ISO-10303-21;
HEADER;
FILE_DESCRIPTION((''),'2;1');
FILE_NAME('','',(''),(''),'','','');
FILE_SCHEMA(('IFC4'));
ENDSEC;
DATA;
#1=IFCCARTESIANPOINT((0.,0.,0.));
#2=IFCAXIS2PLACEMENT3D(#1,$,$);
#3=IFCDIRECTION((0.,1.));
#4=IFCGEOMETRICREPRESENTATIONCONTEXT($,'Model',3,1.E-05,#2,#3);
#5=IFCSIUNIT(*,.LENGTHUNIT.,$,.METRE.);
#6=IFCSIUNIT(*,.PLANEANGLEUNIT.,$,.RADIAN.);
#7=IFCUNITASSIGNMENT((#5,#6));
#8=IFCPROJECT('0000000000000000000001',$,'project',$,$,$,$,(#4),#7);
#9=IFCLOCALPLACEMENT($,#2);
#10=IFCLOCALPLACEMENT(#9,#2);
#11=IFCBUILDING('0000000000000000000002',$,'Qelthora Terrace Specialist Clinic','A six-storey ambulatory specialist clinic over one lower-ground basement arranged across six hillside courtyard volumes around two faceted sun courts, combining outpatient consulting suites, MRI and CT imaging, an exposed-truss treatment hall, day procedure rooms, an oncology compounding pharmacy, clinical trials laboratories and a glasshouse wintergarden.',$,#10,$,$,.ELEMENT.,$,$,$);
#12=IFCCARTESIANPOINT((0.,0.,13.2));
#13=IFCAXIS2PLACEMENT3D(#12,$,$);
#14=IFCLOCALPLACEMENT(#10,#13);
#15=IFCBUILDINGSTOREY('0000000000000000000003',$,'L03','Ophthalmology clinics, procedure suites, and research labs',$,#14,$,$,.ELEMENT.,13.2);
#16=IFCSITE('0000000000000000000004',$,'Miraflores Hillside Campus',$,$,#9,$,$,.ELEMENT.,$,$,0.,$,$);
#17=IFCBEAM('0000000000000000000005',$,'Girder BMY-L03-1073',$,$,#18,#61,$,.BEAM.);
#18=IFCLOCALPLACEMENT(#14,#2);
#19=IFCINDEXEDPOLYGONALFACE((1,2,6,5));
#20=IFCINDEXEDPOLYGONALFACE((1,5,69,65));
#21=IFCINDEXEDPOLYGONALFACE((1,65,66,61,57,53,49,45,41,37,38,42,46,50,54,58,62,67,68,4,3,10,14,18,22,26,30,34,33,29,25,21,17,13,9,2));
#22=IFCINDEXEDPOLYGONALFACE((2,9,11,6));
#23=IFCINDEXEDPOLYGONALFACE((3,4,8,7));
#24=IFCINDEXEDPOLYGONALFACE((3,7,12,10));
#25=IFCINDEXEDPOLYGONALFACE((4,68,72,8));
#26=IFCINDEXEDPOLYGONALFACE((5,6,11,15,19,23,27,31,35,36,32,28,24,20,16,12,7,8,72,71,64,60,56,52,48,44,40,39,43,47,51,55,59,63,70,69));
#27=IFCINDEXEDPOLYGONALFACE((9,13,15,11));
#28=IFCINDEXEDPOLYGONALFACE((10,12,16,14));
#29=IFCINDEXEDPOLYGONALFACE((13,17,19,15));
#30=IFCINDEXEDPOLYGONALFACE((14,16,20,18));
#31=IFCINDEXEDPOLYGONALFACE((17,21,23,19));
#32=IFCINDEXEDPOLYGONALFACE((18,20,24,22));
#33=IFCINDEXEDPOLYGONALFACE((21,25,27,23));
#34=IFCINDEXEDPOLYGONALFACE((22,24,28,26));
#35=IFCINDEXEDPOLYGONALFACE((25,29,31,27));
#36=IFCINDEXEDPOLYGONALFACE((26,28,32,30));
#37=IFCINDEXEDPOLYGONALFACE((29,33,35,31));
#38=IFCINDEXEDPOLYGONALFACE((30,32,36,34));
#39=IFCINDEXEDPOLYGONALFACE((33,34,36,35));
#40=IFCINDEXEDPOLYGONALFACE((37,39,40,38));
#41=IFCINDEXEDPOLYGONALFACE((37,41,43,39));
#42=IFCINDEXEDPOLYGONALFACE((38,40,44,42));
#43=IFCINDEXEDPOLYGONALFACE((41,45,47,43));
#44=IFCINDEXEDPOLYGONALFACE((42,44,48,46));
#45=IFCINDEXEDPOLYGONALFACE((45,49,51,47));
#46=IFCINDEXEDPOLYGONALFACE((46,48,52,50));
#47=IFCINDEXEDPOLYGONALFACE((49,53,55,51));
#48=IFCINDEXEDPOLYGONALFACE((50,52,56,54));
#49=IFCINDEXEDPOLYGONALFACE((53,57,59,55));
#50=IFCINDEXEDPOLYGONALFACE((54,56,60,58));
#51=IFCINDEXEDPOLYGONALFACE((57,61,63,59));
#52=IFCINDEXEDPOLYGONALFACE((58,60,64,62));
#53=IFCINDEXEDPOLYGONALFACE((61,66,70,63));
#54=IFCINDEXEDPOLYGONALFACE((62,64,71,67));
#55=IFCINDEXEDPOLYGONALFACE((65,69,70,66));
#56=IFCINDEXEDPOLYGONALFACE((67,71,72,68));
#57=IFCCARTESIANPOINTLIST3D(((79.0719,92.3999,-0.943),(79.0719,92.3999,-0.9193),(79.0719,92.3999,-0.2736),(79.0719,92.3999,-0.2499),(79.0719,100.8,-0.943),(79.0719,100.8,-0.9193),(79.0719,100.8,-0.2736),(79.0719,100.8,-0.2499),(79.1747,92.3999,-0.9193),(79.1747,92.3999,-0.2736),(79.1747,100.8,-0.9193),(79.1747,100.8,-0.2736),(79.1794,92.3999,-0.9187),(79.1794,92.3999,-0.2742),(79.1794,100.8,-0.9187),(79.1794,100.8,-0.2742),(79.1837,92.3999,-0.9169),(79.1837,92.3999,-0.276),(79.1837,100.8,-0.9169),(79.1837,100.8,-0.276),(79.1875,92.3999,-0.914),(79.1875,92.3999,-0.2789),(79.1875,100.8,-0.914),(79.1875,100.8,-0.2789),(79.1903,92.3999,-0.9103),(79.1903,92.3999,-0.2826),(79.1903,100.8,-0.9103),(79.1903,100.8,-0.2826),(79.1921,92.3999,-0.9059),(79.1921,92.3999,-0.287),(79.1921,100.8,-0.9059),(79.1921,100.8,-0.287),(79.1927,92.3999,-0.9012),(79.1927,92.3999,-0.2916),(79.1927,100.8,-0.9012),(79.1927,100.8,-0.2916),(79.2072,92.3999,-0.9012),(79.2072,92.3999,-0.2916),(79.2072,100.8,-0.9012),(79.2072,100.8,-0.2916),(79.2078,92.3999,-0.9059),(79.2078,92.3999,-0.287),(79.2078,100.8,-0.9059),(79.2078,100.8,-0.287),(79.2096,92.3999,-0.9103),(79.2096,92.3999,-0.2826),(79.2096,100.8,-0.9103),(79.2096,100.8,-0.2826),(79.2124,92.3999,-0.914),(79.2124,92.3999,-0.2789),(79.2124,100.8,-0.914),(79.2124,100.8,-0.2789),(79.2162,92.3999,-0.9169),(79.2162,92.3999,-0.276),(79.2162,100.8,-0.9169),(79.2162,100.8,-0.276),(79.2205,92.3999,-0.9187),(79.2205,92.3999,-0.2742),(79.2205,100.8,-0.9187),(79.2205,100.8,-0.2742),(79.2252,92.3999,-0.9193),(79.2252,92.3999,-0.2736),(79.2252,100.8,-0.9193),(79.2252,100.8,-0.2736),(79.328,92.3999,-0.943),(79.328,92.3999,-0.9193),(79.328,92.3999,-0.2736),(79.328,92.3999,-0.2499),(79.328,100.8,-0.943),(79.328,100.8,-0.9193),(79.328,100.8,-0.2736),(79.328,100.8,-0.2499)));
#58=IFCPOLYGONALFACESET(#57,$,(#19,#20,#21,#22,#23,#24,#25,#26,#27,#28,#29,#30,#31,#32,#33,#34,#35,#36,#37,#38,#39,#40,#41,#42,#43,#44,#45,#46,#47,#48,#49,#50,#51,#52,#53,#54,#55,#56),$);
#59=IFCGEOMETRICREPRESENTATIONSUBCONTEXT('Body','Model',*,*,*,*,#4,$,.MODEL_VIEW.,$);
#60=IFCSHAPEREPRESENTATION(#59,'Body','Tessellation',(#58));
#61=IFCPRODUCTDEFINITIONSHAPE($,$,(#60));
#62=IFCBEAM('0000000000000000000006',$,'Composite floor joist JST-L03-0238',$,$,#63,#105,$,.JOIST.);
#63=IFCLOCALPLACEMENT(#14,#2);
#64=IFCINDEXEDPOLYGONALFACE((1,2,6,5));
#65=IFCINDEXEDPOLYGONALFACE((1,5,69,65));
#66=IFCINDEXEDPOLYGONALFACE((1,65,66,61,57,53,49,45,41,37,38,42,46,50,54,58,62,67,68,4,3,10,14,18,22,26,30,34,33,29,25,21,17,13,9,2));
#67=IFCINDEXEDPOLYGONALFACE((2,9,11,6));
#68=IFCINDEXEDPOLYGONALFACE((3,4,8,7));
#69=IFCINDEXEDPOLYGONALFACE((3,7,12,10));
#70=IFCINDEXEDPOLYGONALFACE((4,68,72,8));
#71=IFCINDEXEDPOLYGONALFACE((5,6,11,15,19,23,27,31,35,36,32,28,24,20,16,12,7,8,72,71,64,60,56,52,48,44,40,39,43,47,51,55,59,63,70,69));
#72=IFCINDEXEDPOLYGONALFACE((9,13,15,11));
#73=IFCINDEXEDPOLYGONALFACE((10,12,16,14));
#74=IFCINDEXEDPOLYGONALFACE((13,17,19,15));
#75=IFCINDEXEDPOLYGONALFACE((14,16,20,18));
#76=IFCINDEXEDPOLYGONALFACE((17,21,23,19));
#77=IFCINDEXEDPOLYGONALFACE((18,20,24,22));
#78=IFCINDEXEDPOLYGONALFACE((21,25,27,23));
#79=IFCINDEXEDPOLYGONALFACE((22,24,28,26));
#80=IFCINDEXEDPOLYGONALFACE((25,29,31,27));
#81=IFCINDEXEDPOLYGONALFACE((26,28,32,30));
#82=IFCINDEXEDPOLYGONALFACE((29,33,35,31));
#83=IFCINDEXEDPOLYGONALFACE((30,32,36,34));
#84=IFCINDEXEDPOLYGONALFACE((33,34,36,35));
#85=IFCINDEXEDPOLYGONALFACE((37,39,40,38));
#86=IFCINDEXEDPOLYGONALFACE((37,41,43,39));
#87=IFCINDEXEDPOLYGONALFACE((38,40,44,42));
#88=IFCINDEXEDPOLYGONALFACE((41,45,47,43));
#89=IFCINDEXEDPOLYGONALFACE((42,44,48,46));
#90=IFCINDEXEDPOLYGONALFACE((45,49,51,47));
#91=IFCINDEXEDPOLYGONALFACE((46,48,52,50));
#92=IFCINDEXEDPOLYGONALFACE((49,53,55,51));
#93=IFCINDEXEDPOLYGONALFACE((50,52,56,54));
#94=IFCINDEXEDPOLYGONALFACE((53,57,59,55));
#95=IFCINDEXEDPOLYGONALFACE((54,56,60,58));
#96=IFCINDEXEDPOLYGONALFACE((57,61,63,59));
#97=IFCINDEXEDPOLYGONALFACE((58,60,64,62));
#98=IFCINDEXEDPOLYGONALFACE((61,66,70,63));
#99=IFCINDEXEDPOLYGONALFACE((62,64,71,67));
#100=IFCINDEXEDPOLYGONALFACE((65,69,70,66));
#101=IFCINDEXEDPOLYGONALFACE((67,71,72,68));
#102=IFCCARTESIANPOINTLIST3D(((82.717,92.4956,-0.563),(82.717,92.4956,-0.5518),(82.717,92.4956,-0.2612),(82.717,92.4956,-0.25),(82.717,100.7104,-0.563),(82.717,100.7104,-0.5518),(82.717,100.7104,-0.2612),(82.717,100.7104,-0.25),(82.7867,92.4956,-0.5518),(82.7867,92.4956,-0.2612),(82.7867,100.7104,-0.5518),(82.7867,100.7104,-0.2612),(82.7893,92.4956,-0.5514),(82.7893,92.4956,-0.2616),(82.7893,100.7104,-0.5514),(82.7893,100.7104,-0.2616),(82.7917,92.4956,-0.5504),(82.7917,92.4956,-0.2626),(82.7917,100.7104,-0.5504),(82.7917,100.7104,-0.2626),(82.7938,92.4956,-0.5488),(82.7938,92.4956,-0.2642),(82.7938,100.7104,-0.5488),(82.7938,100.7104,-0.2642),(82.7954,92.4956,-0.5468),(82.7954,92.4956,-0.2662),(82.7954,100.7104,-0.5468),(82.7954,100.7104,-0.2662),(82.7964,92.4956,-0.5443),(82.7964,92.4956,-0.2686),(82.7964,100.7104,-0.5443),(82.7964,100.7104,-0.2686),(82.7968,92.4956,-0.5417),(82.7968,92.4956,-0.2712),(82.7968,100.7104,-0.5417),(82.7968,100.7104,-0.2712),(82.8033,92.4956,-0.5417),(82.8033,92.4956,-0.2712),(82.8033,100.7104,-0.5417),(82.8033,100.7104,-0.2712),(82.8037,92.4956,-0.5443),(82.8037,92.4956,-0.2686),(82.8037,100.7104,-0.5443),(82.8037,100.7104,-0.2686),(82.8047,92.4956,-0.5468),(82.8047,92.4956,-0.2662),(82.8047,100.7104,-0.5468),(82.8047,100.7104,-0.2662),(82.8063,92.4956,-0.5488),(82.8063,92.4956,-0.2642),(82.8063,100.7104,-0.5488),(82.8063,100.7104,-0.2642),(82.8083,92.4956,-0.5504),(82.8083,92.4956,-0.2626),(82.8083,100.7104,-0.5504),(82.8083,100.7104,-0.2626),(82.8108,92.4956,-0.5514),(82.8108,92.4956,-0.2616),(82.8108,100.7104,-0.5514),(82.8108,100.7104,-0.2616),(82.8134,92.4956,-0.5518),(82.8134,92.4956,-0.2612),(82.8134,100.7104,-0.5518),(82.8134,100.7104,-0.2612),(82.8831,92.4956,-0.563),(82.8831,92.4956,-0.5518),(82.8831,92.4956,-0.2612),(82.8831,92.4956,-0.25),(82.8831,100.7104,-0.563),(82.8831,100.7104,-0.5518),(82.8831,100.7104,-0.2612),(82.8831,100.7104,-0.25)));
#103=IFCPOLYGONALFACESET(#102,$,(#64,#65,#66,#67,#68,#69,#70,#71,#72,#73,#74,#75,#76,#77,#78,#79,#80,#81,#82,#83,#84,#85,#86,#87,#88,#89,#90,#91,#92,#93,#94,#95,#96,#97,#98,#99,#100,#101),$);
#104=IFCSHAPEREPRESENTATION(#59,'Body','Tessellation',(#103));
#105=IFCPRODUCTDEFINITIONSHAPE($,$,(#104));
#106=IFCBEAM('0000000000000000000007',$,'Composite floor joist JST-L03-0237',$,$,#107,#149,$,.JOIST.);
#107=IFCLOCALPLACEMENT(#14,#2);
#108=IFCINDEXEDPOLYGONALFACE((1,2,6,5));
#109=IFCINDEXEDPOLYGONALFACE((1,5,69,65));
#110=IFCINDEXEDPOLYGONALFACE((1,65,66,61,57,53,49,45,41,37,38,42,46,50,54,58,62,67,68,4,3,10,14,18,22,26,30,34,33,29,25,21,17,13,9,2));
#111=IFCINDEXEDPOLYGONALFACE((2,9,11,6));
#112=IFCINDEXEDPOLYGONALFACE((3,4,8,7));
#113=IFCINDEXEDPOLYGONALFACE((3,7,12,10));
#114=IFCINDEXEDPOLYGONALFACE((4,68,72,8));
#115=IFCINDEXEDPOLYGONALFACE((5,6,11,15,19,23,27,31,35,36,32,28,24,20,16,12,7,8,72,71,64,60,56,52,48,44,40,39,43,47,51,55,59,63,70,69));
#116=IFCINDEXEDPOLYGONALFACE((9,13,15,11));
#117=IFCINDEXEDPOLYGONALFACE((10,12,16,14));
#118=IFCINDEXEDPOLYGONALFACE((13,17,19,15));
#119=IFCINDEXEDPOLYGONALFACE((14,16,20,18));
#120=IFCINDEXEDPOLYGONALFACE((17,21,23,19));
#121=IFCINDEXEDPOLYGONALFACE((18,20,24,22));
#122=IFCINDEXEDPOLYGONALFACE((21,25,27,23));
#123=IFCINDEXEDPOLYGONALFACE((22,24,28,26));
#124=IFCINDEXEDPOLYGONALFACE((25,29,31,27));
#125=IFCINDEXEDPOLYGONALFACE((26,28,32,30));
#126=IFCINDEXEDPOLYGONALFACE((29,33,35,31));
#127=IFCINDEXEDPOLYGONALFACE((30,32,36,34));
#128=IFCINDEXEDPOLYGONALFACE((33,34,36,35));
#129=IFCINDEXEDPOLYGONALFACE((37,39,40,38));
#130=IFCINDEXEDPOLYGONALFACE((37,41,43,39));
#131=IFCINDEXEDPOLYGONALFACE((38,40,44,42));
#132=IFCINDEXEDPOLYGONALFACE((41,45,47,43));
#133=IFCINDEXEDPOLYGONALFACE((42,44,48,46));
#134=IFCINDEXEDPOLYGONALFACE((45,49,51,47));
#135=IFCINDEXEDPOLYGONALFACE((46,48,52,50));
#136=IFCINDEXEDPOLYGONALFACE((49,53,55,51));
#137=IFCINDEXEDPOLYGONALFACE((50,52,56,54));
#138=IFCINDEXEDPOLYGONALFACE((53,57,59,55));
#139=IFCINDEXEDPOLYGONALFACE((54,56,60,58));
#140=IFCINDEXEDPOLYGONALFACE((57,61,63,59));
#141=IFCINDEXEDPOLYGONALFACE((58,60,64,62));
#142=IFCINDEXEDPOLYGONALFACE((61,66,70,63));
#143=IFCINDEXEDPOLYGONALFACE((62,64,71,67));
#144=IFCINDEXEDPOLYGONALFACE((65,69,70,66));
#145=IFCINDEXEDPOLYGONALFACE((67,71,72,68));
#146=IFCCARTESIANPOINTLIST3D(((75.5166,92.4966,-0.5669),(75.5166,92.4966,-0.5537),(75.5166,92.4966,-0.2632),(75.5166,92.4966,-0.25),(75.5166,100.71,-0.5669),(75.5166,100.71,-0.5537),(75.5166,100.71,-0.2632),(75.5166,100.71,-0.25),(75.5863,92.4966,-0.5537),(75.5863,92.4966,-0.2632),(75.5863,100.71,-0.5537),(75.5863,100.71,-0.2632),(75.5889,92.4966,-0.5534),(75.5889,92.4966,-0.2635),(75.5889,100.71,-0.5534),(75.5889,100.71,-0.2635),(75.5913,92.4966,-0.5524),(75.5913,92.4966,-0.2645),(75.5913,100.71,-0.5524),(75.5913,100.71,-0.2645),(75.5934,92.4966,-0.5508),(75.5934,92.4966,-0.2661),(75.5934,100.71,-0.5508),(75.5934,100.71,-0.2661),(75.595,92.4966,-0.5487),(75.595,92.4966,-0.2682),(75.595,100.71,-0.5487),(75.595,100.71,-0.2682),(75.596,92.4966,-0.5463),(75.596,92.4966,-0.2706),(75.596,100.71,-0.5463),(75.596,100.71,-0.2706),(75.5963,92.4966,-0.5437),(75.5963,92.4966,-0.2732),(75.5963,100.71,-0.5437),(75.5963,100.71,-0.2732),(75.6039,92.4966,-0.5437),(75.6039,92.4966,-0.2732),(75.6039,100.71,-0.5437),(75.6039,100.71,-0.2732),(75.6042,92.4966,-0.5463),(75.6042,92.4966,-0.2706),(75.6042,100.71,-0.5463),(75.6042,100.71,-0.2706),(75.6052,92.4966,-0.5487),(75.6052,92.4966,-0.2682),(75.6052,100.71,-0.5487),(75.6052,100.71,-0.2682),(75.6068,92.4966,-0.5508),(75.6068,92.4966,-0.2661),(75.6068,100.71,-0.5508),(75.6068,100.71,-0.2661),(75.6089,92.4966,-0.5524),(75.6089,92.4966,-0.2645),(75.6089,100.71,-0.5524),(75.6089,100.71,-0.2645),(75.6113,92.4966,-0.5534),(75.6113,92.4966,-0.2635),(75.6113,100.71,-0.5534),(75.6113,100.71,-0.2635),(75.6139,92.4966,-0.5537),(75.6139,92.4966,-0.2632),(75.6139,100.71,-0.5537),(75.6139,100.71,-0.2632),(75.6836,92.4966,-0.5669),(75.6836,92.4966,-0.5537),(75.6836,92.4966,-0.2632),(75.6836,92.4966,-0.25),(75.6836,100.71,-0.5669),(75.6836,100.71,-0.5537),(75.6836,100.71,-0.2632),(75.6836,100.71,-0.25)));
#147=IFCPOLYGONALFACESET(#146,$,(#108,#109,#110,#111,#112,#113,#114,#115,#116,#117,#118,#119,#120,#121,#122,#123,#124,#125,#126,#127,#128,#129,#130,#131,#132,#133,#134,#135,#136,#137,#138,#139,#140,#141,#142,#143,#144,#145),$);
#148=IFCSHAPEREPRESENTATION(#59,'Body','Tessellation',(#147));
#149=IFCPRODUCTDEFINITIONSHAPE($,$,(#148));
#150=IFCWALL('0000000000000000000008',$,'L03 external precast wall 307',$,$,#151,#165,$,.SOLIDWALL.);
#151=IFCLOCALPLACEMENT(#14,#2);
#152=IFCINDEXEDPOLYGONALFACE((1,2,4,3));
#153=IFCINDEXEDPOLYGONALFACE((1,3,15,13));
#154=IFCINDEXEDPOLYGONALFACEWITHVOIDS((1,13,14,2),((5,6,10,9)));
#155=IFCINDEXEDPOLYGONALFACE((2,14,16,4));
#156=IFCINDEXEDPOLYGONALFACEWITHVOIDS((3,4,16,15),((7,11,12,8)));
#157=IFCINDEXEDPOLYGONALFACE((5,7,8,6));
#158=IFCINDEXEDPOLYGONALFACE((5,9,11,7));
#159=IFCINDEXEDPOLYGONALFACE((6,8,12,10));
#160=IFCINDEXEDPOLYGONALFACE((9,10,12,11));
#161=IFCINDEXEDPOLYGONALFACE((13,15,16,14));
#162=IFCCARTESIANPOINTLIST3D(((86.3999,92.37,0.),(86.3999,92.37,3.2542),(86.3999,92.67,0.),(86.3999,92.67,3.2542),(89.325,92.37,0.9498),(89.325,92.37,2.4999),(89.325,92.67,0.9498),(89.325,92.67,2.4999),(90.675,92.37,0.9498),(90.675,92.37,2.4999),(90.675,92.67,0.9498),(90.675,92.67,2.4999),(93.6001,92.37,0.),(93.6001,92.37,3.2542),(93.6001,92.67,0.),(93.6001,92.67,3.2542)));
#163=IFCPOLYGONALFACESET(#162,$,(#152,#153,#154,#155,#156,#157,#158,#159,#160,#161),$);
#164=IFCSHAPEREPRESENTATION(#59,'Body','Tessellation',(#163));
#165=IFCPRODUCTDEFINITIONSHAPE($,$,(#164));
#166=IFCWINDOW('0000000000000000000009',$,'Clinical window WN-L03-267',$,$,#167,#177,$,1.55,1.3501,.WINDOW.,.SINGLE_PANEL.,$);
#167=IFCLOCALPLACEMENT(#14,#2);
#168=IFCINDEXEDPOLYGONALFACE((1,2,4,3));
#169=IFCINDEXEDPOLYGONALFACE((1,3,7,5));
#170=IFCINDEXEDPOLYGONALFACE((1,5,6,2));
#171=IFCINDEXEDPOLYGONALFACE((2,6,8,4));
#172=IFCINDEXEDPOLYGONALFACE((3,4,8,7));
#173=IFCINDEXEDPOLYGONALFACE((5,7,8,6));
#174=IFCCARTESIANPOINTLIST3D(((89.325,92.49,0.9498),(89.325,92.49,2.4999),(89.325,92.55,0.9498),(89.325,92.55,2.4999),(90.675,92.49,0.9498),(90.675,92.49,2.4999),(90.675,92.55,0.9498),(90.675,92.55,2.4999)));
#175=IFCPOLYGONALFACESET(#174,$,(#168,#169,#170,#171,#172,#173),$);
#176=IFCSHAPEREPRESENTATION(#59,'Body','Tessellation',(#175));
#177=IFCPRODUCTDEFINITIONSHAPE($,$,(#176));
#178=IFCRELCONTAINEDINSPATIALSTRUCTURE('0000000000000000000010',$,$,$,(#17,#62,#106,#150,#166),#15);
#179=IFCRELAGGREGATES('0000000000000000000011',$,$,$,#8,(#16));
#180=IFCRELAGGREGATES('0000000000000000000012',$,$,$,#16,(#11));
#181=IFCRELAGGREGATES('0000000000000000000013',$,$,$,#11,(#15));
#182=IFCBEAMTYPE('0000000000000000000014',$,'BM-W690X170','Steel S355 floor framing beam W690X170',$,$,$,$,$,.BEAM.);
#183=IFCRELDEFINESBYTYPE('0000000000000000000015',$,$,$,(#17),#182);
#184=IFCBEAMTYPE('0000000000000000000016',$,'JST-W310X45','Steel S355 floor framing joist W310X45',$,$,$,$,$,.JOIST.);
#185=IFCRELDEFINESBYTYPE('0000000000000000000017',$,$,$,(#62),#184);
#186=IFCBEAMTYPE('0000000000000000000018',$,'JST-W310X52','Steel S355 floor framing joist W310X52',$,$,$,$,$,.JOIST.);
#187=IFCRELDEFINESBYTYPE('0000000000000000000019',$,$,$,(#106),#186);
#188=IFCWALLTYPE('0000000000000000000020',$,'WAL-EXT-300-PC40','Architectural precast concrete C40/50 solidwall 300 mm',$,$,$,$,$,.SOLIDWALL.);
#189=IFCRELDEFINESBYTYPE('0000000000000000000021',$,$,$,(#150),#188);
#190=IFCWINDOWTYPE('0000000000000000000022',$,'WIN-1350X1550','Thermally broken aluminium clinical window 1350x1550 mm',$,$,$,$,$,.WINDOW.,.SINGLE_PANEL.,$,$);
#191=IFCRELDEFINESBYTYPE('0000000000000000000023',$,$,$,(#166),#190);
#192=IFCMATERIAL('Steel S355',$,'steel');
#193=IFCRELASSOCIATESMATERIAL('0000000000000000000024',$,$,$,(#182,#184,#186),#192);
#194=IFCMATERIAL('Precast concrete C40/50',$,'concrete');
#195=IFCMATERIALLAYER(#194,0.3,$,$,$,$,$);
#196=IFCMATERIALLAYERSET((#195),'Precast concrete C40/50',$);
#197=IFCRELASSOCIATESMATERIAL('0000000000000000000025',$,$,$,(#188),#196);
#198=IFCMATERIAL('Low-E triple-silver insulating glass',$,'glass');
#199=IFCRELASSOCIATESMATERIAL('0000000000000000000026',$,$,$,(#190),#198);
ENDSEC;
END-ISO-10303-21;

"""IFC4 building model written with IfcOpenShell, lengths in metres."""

from ifc_helpers import new_model, si_unit, direction, frame, frame_2d, origin, origin_2d, place, context, subcontext, project, spatial, rectangle, i_section, extrude, material, layer, layer_set, material_profile, profile_set, type_object, element, fill, save


model = new_model("IFC4")

# Units and contexts
model_context = context("Model", 3, precision=1e-05, world=origin(), true_north=direction((0.0, 1.0)))
body_context = subcontext(model_context, "Body", "Model", "MODEL_VIEW")
ifc_project = project(units=[si_unit("LENGTHUNIT", "METRE"), si_unit("PLANEANGLEUNIT", "RADIAN")], contexts=[model_context])

# Site, building, storey
site_placement = place(None, origin())
site = spatial("IfcSite", under=ifc_project, at=site_placement, Name="Miraflores Hillside Campus", CompositionType="ELEMENT", RefElevation=0.0)
building_placement = place(site_placement, origin())
building = spatial("IfcBuilding", under=site, at=building_placement, Name="Qelthora Terrace Specialist Clinic", Description="A six-storey ambulatory specialist clinic over one lower-ground basement arranged across six hillside courtyard volumes around two faceted sun courts, combining outpatient consulting suites, MRI and CT imaging, an exposed-truss treatment hall, day procedure rooms, an oncology compounding pharmacy, clinical trials laboratories and a glasshouse wintergarden.", CompositionType="ELEMENT")
storey_placement = place(building_placement, frame((0.0, 0.0, 13.2)))
storey = spatial("IfcBuildingStorey", under=building, at=storey_placement, Name="L03", Description="Ophthalmology clinics, procedure suites, and research labs", CompositionType="ELEMENT", Elevation=13.2)

# Shared definitions
ifc_material_1 = material(Name="Steel S355", Category="steel")

# Beams
ifc_material_profile_1 = material_profile(ifc_material_1, i_section(OverallWidth=0.2561, OverallDepth=0.6931, WebThickness=0.0144, FlangeThickness=0.0237, FilletRadius=0.0181, at=origin_2d()), Name="W690X170")
ifc_profile_set_1 = profile_set([ifc_material_profile_1], Name="Steel S355")
beam_type_1 = type_object("IfcBeamType", Name="BM-W690X170", Description="Steel S355 floor framing beam W690X170", PredefinedType="BEAM", material=ifc_profile_set_1)
beam_1_placement = place(storey_placement, frame((79.2, 92.3999, -0.5964), z_axis=(0.0, 1.0, 0.0), x_axis=(-1.0, 0.0, 0.0)))
element("IfcBeam", 1, at=beam_1_placement, inside=storey, type_object=beam_type_1, Name="Girder BMY-L03-1073", PredefinedType="BEAM", context=body_context, shape_type="SweptSolid", body=[
    extrude(i_section(OverallWidth=0.2561, OverallDepth=0.6931, WebThickness=0.0144, FlangeThickness=0.0237, FilletRadius=0.0181, at=origin_2d()), origin(), (0.0, 0.0, 1.0), 8.4001),
])
ifc_material_profile_2 = material_profile(ifc_material_1, i_section(OverallWidth=0.166, OverallDepth=0.313, WebThickness=0.0066, FlangeThickness=0.0112, FilletRadius=0.01, at=origin_2d()), Name="W310X45")
ifc_profile_set_2 = profile_set([ifc_material_profile_2], Name="Steel S355")
beam_type_2 = type_object("IfcBeamType", Name="JST-W310X45", Description="Steel S355 floor framing joist W310X45", PredefinedType="JOIST", material=ifc_profile_set_2)
beam_2_placement = place(storey_placement, frame((82.8, 92.4956, -0.4065), z_axis=(0.0, 1.0, 0.0), x_axis=(-1.0, 0.0, 0.0)))
element("IfcBeam", 2, at=beam_2_placement, inside=storey, type_object=beam_type_2, Name="Composite floor joist JST-L03-0238", PredefinedType="JOIST", context=body_context, shape_type="SweptSolid", body=[
    extrude(i_section(OverallWidth=0.166, OverallDepth=0.313, WebThickness=0.0066, FlangeThickness=0.0112, FilletRadius=0.01, at=origin_2d()), origin(), (0.0, 0.0, 1.0), 8.2148),
])
ifc_material_profile_3 = material_profile(ifc_material_1, i_section(OverallWidth=0.167, OverallDepth=0.3169, WebThickness=0.0076, FlangeThickness=0.0132, FilletRadius=0.01, at=origin_2d()), Name="W310X52")
ifc_profile_set_3 = profile_set([ifc_material_profile_3], Name="Steel S355")
beam_type_3 = type_object("IfcBeamType", Name="JST-W310X52", Description="Steel S355 floor framing joist W310X52", PredefinedType="JOIST", material=ifc_profile_set_3)
beam_3_placement = place(storey_placement, frame((75.6001, 92.4966, -0.4084), z_axis=(0.0, 1.0, 0.0), x_axis=(-1.0, 0.0, 0.0)))
element("IfcBeam", 3, at=beam_3_placement, inside=storey, type_object=beam_type_3, Name="Composite floor joist JST-L03-0237", PredefinedType="JOIST", context=body_context, shape_type="SweptSolid", body=[
    extrude(i_section(OverallWidth=0.167, OverallDepth=0.3169, WebThickness=0.0076, FlangeThickness=0.0132, FilletRadius=0.01, at=origin_2d()), origin(), (0.0, 0.0, 1.0), 8.2134),
])

# Wall, opening, window
ifc_material_2 = material(Name="Precast concrete C40/50", Category="concrete")
ifc_layer_1 = layer(ifc_material_2, 0.3)
ifc_layer_set_1 = layer_set([ifc_layer_1], Name="Precast concrete C40/50")
wall_type_1 = type_object("IfcWallType", Name="WAL-EXT-300-PC40", Description="Architectural precast concrete C40/50 solidwall 300 mm", PredefinedType="SOLIDWALL", material=ifc_layer_set_1)
wall_1_placement = place(storey_placement, frame((86.3999, 92.52, 0.0), z_axis=(0.0, 0.0, 1.0), x_axis=(1.0, 0.0, 0.0)))
wall_1 = element("IfcWall", 4, at=wall_1_placement, inside=storey, type_object=wall_type_1, Name="L03 external precast wall 307", PredefinedType="SOLIDWALL", context=body_context, shape_type="SweptSolid", body=[
    extrude(rectangle(XDim=7.2002, YDim=0.3, at=frame_2d((3.6001, 0.0))), origin(), (0.0, 0.0, 1.0), 3.2542),
])
opening_1_placement = place(wall_1_placement, frame((2.925, 0.0, 0.95)))
opening_1 = element("IfcOpeningElement", 5, at=opening_1_placement, cuts=wall_1, PredefinedType="OPENING", context=body_context, shape_type="SweptSolid", body=[
    extrude(rectangle(XDim=1.3501, YDim=1.55, at=frame_2d((0.675, 0.7749))), frame((0.0, 0.1599, 0.0), z_axis=(0.0, -1.0, 0.0), x_axis=(1.0, 0.0, 0.0)), (0.0, 0.0, 1.0), 0.3201),
])
ifc_material_3 = material(Name="Low-E triple-silver insulating glass", Category="glass")
window_type_1 = type_object("IfcWindowType", Name="WIN-1350X1550", Description="Thermally broken aluminium clinical window 1350x1550 mm", PartitioningType="SINGLE_PANEL", PredefinedType="WINDOW", material=ifc_material_3)
window_1_placement = place(opening_1_placement, origin())
window_1 = element("IfcWindow", 6, at=window_1_placement, inside=storey, type_object=window_type_1, Name="Clinical window WN-L03-267", OverallHeight=1.55, OverallWidth=1.3501, PartitioningType="SINGLE_PANEL", PredefinedType="WINDOW", context=body_context, shape_type="SweptSolid", body=[
    extrude(rectangle(XDim=1.3501, YDim=1.55, at=frame_2d((0.675, 0.7749))), frame((0.0, 0.03, 0.0), z_axis=(0.0, -1.0, 0.0), x_axis=(1.0, 0.0, 0.0)), (0.0, 0.0, 1.0), 0.0601),
])
fill(opening_1, window_1)

save(model, "model.ifc")
